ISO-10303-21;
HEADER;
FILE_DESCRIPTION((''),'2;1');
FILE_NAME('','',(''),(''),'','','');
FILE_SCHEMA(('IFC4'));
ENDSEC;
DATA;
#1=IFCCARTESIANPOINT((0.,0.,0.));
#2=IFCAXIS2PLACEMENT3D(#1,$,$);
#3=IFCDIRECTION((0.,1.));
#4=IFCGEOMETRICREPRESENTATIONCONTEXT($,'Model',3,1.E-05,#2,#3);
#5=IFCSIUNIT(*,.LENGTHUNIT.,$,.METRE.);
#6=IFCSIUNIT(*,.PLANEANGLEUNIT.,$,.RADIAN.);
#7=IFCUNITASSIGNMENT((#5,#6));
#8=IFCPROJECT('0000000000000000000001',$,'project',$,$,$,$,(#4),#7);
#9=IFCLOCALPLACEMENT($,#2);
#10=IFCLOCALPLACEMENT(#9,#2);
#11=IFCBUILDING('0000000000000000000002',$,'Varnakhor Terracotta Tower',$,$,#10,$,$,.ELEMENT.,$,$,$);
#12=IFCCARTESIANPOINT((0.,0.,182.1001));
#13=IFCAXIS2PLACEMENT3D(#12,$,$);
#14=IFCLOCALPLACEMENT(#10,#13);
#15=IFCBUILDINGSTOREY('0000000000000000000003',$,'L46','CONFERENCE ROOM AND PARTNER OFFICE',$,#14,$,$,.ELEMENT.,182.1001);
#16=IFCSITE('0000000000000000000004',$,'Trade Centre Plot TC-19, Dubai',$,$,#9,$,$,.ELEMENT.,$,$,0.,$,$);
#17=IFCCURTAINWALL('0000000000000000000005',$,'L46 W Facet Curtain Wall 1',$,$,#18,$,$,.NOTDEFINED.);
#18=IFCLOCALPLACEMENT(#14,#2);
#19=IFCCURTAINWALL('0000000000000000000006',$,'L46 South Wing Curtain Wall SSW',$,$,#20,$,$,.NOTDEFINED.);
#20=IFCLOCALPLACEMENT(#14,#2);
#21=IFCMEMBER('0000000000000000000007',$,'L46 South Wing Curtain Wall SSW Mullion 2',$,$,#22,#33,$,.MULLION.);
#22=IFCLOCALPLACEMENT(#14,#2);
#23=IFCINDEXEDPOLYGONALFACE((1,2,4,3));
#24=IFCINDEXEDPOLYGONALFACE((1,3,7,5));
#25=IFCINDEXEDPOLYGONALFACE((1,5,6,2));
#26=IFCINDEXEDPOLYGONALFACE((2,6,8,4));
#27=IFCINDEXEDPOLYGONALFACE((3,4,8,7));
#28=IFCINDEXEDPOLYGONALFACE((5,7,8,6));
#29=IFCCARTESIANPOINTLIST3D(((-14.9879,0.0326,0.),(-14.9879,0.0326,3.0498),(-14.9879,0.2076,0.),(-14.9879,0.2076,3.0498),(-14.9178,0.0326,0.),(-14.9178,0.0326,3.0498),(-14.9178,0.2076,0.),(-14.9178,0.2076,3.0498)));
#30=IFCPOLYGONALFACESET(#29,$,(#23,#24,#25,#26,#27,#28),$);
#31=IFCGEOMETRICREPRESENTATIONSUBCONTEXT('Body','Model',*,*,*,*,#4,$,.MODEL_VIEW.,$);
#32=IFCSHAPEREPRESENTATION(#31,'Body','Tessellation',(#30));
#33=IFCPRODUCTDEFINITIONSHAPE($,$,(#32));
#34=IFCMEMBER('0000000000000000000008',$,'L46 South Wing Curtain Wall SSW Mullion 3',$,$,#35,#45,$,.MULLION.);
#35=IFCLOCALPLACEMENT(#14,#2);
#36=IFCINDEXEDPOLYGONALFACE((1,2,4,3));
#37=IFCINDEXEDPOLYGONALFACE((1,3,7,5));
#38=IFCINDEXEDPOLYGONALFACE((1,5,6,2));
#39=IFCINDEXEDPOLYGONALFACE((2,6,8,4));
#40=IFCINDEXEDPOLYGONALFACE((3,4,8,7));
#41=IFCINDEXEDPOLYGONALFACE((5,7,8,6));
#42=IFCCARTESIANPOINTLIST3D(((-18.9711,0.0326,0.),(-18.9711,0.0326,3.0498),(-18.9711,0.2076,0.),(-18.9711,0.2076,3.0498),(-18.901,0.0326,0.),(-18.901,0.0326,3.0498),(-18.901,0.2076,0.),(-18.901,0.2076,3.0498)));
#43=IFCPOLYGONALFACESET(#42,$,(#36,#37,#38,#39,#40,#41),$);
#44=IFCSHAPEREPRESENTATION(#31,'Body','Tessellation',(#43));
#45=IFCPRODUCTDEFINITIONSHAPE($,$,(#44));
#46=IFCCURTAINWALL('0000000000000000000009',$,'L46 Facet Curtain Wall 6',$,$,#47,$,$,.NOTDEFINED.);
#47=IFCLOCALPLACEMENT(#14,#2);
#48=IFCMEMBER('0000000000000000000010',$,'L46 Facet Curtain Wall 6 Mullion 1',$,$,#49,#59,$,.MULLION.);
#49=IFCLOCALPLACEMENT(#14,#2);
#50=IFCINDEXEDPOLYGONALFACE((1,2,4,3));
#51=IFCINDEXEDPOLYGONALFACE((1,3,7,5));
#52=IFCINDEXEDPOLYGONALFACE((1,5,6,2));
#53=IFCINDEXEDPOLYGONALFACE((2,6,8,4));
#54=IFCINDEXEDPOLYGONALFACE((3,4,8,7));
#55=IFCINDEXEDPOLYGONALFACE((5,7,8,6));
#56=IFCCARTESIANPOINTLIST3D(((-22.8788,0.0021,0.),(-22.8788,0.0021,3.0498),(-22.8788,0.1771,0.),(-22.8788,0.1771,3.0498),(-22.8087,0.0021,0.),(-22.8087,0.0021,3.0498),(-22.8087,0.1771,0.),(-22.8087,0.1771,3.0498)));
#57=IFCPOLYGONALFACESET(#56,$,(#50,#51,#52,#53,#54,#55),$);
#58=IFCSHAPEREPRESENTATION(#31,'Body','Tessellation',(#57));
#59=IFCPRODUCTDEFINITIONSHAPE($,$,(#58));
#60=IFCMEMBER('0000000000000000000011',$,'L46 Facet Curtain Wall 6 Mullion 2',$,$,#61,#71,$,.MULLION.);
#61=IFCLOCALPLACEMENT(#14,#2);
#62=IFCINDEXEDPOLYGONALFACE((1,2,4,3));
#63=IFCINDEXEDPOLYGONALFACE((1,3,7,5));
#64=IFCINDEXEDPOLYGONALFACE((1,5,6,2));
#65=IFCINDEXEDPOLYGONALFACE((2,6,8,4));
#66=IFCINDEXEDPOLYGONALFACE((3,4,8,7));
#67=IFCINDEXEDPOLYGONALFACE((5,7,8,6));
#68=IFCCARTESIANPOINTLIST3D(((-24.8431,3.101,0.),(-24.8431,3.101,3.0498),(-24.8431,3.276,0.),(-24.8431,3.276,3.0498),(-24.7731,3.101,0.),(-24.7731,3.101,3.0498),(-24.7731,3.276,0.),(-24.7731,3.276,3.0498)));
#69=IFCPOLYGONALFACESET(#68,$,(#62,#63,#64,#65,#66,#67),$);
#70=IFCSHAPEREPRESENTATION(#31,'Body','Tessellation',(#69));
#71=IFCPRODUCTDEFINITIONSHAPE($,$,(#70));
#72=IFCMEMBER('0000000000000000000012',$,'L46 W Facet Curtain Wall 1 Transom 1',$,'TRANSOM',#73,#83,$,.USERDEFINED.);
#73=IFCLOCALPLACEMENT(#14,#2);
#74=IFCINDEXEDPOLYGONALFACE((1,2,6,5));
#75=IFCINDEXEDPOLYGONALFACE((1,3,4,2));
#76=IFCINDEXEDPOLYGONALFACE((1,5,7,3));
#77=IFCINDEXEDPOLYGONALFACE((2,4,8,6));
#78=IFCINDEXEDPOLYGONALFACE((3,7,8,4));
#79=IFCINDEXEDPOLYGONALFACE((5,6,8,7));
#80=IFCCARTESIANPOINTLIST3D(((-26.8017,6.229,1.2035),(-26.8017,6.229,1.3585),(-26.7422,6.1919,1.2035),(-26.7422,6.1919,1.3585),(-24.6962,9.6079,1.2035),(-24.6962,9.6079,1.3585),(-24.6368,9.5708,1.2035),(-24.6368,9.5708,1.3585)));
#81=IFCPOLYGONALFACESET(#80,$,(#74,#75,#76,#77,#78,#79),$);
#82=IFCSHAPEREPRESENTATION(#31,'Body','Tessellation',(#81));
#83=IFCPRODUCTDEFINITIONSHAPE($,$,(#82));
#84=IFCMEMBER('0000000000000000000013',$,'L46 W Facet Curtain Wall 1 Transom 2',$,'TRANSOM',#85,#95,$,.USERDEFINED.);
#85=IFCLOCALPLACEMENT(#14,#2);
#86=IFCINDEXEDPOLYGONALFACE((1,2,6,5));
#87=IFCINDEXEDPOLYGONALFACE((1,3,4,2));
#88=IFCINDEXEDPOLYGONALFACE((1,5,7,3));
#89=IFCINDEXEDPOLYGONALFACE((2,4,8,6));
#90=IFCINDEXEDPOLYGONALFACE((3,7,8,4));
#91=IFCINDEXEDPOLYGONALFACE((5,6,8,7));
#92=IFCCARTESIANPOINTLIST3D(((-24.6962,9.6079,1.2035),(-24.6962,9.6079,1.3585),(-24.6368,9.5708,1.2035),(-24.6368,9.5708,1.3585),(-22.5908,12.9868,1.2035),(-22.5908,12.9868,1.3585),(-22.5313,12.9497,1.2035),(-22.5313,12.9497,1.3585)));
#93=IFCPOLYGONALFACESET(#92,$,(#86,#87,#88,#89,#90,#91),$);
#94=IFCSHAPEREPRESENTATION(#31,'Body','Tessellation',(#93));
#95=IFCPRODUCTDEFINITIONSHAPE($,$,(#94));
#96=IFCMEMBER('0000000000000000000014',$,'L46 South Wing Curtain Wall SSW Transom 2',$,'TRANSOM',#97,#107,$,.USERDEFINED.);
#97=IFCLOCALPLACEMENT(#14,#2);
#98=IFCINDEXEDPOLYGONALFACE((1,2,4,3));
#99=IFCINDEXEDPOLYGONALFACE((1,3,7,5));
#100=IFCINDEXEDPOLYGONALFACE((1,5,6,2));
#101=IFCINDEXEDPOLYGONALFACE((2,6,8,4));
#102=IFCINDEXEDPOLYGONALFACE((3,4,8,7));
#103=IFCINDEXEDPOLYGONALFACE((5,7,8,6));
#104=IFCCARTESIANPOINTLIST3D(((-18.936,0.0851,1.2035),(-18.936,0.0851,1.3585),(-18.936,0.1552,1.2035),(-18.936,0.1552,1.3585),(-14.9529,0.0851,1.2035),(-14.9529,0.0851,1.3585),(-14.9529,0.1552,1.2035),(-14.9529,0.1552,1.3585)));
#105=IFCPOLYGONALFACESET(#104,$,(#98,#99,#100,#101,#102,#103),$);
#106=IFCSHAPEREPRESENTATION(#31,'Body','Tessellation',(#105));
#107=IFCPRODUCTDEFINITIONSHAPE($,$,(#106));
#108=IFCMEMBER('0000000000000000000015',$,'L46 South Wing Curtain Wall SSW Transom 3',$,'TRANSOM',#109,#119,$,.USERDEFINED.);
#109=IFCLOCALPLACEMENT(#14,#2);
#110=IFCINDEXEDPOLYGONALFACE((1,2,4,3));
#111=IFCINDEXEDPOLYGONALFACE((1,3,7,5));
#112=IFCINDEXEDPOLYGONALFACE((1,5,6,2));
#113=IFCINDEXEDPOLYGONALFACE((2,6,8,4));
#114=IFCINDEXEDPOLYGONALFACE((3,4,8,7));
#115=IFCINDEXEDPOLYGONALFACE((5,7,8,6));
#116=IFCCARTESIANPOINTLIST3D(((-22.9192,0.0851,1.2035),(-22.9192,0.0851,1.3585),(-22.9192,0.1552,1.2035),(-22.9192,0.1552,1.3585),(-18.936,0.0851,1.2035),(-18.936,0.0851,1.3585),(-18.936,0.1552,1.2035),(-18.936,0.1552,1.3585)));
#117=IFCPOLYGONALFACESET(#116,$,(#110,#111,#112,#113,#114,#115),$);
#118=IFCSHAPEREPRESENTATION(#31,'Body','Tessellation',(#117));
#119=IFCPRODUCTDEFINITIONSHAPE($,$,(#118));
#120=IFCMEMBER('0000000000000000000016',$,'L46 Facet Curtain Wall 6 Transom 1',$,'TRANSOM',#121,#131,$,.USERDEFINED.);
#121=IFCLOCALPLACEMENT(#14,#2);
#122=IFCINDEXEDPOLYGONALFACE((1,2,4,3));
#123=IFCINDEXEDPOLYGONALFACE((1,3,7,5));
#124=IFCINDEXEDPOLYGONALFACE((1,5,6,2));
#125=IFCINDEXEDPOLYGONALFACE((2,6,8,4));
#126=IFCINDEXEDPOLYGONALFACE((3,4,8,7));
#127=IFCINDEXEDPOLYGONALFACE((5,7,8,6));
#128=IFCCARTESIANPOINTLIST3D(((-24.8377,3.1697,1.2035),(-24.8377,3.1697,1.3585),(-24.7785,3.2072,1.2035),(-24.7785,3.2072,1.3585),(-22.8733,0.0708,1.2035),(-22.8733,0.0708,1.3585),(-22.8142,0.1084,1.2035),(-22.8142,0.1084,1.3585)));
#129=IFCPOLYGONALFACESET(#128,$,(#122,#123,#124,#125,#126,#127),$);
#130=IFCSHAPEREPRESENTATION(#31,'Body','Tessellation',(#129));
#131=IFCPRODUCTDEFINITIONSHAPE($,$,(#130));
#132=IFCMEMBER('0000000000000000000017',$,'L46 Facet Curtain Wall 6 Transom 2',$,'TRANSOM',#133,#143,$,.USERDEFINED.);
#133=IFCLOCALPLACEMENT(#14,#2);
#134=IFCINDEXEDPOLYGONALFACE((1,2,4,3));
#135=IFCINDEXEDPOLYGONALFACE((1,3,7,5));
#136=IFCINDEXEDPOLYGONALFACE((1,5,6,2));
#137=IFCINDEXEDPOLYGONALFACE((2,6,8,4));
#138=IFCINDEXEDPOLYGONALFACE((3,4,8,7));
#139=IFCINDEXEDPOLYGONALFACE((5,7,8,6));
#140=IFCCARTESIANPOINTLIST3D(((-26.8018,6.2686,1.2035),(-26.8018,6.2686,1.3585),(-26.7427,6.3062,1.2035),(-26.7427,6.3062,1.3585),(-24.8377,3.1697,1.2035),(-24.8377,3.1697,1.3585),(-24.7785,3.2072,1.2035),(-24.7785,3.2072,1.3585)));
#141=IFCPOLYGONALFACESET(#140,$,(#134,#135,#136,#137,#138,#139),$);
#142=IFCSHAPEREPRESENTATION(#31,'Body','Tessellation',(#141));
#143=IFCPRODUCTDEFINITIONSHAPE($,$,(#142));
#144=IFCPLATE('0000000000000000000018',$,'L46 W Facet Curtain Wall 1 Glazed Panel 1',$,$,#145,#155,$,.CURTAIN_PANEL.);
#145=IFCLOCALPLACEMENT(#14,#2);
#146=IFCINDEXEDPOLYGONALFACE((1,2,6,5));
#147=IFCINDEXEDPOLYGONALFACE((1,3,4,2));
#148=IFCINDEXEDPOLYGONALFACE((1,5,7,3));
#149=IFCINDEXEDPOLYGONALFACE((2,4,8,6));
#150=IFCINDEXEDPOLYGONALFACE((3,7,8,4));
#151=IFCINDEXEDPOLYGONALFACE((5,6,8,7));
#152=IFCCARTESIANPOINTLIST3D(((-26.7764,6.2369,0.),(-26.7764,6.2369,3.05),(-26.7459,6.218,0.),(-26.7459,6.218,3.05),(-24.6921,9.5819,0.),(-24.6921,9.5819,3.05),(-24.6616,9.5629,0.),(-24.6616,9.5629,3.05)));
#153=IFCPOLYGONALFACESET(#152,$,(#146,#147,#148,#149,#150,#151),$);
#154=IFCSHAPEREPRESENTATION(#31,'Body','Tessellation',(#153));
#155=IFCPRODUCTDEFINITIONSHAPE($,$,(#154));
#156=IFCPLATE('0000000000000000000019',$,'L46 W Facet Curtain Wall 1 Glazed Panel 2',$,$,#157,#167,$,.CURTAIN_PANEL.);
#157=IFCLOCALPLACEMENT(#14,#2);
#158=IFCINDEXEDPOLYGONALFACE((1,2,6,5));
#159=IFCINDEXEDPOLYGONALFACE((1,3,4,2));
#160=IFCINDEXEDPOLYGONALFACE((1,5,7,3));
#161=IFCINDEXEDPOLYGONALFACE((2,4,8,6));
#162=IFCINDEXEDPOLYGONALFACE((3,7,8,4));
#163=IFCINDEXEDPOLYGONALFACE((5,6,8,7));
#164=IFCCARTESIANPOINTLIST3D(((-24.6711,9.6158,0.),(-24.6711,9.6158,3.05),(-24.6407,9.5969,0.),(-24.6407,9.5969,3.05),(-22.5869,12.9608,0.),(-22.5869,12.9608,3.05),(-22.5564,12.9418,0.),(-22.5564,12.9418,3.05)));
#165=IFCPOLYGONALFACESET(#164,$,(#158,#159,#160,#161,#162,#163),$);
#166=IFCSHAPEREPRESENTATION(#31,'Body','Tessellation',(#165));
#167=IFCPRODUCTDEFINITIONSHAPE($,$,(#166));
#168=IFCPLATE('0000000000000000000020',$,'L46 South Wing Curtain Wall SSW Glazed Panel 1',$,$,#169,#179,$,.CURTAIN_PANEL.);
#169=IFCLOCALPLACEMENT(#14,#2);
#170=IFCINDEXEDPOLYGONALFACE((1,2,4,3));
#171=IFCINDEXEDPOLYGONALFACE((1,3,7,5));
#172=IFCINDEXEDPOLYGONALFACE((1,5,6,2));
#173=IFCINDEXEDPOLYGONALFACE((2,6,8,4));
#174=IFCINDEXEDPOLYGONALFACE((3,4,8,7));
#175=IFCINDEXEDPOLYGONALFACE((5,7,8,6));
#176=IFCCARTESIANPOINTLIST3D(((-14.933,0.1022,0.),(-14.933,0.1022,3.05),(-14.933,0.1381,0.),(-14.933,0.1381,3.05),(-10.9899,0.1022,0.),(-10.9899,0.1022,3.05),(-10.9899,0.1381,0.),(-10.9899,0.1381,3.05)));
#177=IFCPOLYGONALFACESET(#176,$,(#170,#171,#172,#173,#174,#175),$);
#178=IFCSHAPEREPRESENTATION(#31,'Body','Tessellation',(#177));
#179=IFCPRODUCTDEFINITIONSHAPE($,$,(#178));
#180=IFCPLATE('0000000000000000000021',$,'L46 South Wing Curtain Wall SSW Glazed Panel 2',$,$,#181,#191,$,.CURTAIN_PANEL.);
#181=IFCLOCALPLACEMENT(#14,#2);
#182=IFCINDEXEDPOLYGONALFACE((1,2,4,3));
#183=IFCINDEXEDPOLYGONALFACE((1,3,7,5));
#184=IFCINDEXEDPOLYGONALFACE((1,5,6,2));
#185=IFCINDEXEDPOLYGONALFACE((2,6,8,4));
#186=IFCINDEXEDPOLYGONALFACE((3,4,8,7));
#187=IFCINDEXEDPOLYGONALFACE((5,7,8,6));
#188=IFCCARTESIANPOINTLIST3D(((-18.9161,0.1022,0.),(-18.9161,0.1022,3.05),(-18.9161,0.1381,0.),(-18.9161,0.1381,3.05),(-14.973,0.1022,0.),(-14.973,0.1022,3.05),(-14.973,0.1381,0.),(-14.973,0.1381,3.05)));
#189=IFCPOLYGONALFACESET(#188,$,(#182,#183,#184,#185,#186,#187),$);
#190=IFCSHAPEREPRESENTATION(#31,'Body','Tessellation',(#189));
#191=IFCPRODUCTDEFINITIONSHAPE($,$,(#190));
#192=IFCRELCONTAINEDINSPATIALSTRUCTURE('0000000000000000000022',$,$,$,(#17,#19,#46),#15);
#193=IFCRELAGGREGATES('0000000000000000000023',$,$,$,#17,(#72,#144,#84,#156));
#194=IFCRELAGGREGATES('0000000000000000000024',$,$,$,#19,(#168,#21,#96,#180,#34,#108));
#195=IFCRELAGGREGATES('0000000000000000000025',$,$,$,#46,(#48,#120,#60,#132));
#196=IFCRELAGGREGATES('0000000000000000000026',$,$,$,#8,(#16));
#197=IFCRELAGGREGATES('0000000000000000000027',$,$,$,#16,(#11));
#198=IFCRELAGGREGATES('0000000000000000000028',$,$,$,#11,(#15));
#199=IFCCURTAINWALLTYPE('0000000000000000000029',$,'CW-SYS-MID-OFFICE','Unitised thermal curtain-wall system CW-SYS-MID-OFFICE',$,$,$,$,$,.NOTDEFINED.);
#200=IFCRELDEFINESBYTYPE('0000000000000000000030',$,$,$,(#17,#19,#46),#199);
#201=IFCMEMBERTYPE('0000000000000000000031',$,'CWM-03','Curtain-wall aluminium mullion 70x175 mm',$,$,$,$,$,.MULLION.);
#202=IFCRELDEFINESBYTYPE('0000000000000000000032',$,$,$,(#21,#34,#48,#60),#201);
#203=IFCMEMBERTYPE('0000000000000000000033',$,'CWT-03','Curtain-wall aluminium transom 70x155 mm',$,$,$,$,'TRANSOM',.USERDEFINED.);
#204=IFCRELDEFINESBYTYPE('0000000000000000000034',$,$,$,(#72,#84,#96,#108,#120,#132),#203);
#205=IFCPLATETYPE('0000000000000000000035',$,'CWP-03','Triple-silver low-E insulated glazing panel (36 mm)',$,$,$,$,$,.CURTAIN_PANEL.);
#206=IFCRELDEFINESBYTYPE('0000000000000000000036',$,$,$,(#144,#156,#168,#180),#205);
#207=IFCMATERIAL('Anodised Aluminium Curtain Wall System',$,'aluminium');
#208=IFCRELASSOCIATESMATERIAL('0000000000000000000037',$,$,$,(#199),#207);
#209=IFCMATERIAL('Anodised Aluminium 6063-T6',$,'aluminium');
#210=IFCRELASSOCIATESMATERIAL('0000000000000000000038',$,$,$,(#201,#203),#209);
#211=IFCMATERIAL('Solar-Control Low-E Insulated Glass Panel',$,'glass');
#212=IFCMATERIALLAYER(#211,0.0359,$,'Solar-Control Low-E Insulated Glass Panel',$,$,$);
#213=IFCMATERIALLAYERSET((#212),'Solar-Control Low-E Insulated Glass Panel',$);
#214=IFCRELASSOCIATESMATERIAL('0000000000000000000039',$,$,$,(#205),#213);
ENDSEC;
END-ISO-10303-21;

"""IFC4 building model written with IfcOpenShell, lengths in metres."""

from ifc_helpers import new_model, si_unit, direction, frame, origin, origin_2d, place, context, subcontext, project, spatial, rectangle, extrude, source, transform, mapped, material, layer, layer_set, material_profile, profile_set, type_object, type_shapes, element, aggregate, save


model = new_model("IFC4")

# Units and contexts
model_context = context("Model", 3, precision=1e-05, world=origin(), true_north=direction((0.0, 1.0)))
body_context = subcontext(model_context, "Body", "Model", "MODEL_VIEW")
ifc_project = project(units=[si_unit("LENGTHUNIT", "METRE"), si_unit("PLANEANGLEUNIT", "RADIAN")], contexts=[model_context])

# Site, building, storey
site_placement = place(None, origin())
site = spatial("IfcSite", under=ifc_project, at=site_placement, Name="Trade Centre Plot TC-19, Dubai", CompositionType="ELEMENT", RefElevation=0.0)
building_placement = place(site_placement, origin())
building = spatial("IfcBuilding", under=site, at=building_placement, Name="Varnakhor Terracotta Tower", CompositionType="ELEMENT")
storey_placement = place(building_placement, frame((0.0, 0.0, 182.1001)))
storey = spatial("IfcBuildingStorey", under=building, at=storey_placement, Name="L46", Description="CONFERENCE ROOM AND PARTNER OFFICE", CompositionType="ELEMENT", Elevation=182.1001)

# Curtain walls, members
ifc_material_1 = material(Name="Anodised Aluminium Curtain Wall System", Category="aluminium")
curtain_wall_type = type_object("IfcCurtainWallType", Name="CW-SYS-MID-OFFICE", Description="Unitised thermal curtain-wall system CW-SYS-MID-OFFICE", PredefinedType="NOTDEFINED", material=ifc_material_1)
curtain_wall_1_placement = place(storey_placement, origin())
curtain_wall_1 = element("IfcCurtainWall", 1, at=curtain_wall_1_placement, inside=storey, type_object=curtain_wall_type, Name="L46 W Facet Curtain Wall 1", PredefinedType="NOTDEFINED")
ifc_material_2 = material(Name="Anodised Aluminium 6063-T6", Category="aluminium")
ifc_material_profile_1 = material_profile(ifc_material_2, rectangle(XDim=0.0701, YDim=0.175, at=origin_2d()), Name="ALU MULLION 70x175")
ifc_profile_set_1 = profile_set([ifc_material_profile_1], Name="Anodised Aluminium 6063-T6")
member_type_1 = type_object("IfcMemberType", Name="CWM-03", Description="Curtain-wall aluminium mullion 70x175 mm", PredefinedType="MULLION", material=ifc_profile_set_1)
shared_shape_1 = source(origin(), body_context, "Body", "SweptSolid", [
    extrude(rectangle(XDim=0.0701, YDim=0.175, at=origin_2d()), origin(), (0.0, 0.0, 1.0), 3.0498),
])
type_shapes(member_type_1, [shared_shape_1])
curtain_wall_2_placement = place(storey_placement, origin())
curtain_wall_2 = element("IfcCurtainWall", 2, at=curtain_wall_2_placement, inside=storey, type_object=curtain_wall_type, Name="L46 South Wing Curtain Wall SSW", PredefinedType="NOTDEFINED")
member_1_placement = place(storey_placement, frame((-14.9529, 0.1201, 0.0), z_axis=(0.0, 0.0, 1.0), x_axis=(1.0, 0.0, 0.0)))
member_1 = element("IfcMember", 3, at=member_1_placement, type_object=member_type_1, Name="L46 South Wing Curtain Wall SSW Mullion 2", PredefinedType="MULLION", context=body_context, shape_type="MappedRepresentation", body=[
    mapped(shared_shape_1, transform((0.0, 0.0, 0.0), scale=1.0)),
])
member_2_placement = place(storey_placement, frame((-18.936, 0.1201, 0.0), z_axis=(0.0, 0.0, 1.0), x_axis=(1.0, 0.0, 0.0)))
member_2 = element("IfcMember", 4, at=member_2_placement, type_object=member_type_1, Name="L46 South Wing Curtain Wall SSW Mullion 3", PredefinedType="MULLION", context=body_context, shape_type="MappedRepresentation", body=[
    mapped(shared_shape_1, transform((0.0, 0.0, 0.0), scale=1.0)),
])
curtain_wall_3_placement = place(storey_placement, origin())
curtain_wall_3 = element("IfcCurtainWall", 5, at=curtain_wall_3_placement, inside=storey, type_object=curtain_wall_type, Name="L46 Facet Curtain Wall 6", PredefinedType="NOTDEFINED")
member_3_placement = place(storey_placement, frame((-22.8438, 0.0896, 0.0), z_axis=(0.0, 0.0, 1.0), x_axis=(1.0, 0.0, 0.0)))
member_3 = element("IfcMember", 6, at=member_3_placement, type_object=member_type_1, Name="L46 Facet Curtain Wall 6 Mullion 1", PredefinedType="MULLION", context=body_context, shape_type="MappedRepresentation", body=[
    mapped(shared_shape_1, transform((0.0, 0.0, 0.0), scale=1.0)),
])
member_4_placement = place(storey_placement, frame((-24.8081, 3.1885, 0.0), z_axis=(0.0, 0.0, 1.0), x_axis=(1.0, 0.0, 0.0)))
member_4 = element("IfcMember", 7, at=member_4_placement, type_object=member_type_1, Name="L46 Facet Curtain Wall 6 Mullion 2", PredefinedType="MULLION", context=body_context, shape_type="MappedRepresentation", body=[
    mapped(shared_shape_1, transform((0.0, 0.0, 0.0), scale=1.0)),
])

# Members
ifc_material_profile_2 = material_profile(ifc_material_2, rectangle(XDim=0.0701, YDim=0.155, at=origin_2d()), Name="ALU TRANSOM 70x155")
ifc_profile_set_2 = profile_set([ifc_material_profile_2], Name="Anodised Aluminium 6063-T6")
member_type_2 = type_object("IfcMemberType", Name="CWT-03", Description="Curtain-wall aluminium transom 70x155 mm", ElementType="TRANSOM", PredefinedType="USERDEFINED", material=ifc_profile_set_2)
shared_shape_2 = source(origin(), body_context, "Body", "SweptSolid", [
    extrude(rectangle(XDim=0.0701, YDim=0.155, at=origin_2d()), origin(), (0.0, 0.0, 1.0), 3.9812),
])
member_5_placement = place(storey_placement, frame((-26.772, 6.2104, 1.281), z_axis=(0.528852, 0.848714, 0.0), x_axis=(-0.848714, 0.528852, 0.0)))
member_5 = element("IfcMember", 8, at=member_5_placement, type_object=member_type_2, Name="L46 W Facet Curtain Wall 1 Transom 1", ObjectType="TRANSOM", PredefinedType="USERDEFINED", context=body_context, shape_type="MappedRepresentation", body=[
    mapped(shared_shape_2, transform((0.0, 0.0, 0.0), scale=1.0)),
])
member_6_placement = place(storey_placement, frame((-24.6665, 9.5894, 1.281), z_axis=(0.528852, 0.848714, 0.0), x_axis=(-0.848714, 0.528852, 0.0)))
member_6 = element("IfcMember", 9, at=member_6_placement, type_object=member_type_2, Name="L46 W Facet Curtain Wall 1 Transom 2", ObjectType="TRANSOM", PredefinedType="USERDEFINED", context=body_context, shape_type="MappedRepresentation", body=[
    mapped(shared_shape_2, transform((0.0, 0.0, 0.0), scale=1.0)),
])
shared_shape_3 = source(origin(), body_context, "Body", "SweptSolid", [
    extrude(rectangle(XDim=0.0701, YDim=0.155, at=origin_2d()), origin(), (0.0, 0.0, 1.0), 3.9832),
])
member_7_placement = place(storey_placement, frame((-14.9529, 0.1201, 1.281), z_axis=(-1.0, 0.0, 0.0), x_axis=(0.0, -1.0, 0.0)))
member_7 = element("IfcMember", 10, at=member_7_placement, type_object=member_type_2, Name="L46 South Wing Curtain Wall SSW Transom 2", ObjectType="TRANSOM", PredefinedType="USERDEFINED", context=body_context, shape_type="MappedRepresentation", body=[
    mapped(shared_shape_3, transform((0.0, 0.0, 0.0), scale=1.0)),
])
member_8_placement = place(storey_placement, frame((-18.936, 0.1201, 1.281), z_axis=(-1.0, 0.0, 0.0), x_axis=(0.0, -1.0, 0.0)))
member_8 = element("IfcMember", 11, at=member_8_placement, type_object=member_type_2, Name="L46 South Wing Curtain Wall SSW Transom 3", ObjectType="TRANSOM", PredefinedType="USERDEFINED", context=body_context, shape_type="MappedRepresentation", body=[
    mapped(shared_shape_3, transform((0.0, 0.0, 0.0), scale=1.0)),
])
shared_shape_4 = source(origin(), body_context, "Body", "SweptSolid", [
    extrude(rectangle(XDim=0.0701, YDim=0.155, at=origin_2d()), origin(), (0.0, 0.0, 1.0), 3.6689),
])
member_9_placement = place(storey_placement, frame((-22.8438, 0.0896, 1.281), z_axis=(-0.535389, 0.844605, 0.0), x_axis=(-0.844605, -0.535389, 0.0)))
member_9 = element("IfcMember", 12, at=member_9_placement, type_object=member_type_2, Name="L46 Facet Curtain Wall 6 Transom 1", ObjectType="TRANSOM", PredefinedType="USERDEFINED", context=body_context, shape_type="MappedRepresentation", body=[
    mapped(shared_shape_4, transform((0.0, 0.0, 0.0), scale=1.0)),
])
member_10_placement = place(storey_placement, frame((-24.8081, 3.1885, 1.281), z_axis=(-0.535342, 0.844636, 0.0), x_axis=(-0.844636, -0.535342, 0.0)))
member_10 = element("IfcMember", 13, at=member_10_placement, type_object=member_type_2, Name="L46 Facet Curtain Wall 6 Transom 2", ObjectType="TRANSOM", PredefinedType="USERDEFINED", context=body_context, shape_type="MappedRepresentation", body=[
    mapped(shared_shape_4, transform((0.0, 0.0, 0.0), scale=1.0)),
])

# Plates
ifc_material_3 = material(Name="Solar-Control Low-E Insulated Glass Panel", Category="glass")
ifc_layer_1 = layer(ifc_material_3, 0.0359, Name="Solar-Control Low-E Insulated Glass Panel")
ifc_layer_set_1 = layer_set([ifc_layer_1], Name="Solar-Control Low-E Insulated Glass Panel")
plate_type = type_object("IfcPlateType", Name="CWP-03", Description="Triple-silver low-E insulated glazing panel (36 mm)", PredefinedType="CURTAIN_PANEL", material=ifc_layer_set_1)
shared_shape_5 = source(origin(), body_context, "Body", "SweptSolid", [
    extrude(rectangle(XDim=3.9412, YDim=0.0359, at=origin_2d()), origin(), (0.0, 0.0, 1.0), 3.05),
])
plate_1_placement = place(storey_placement, frame((-25.719, 7.8999, 0.0), z_axis=(0.0, 0.0, 1.0), x_axis=(0.528853, 0.848713, 0.0)))
plate_1 = element("IfcPlate", 14, at=plate_1_placement, type_object=plate_type, Name="L46 W Facet Curtain Wall 1 Glazed Panel 1", PredefinedType="CURTAIN_PANEL", context=body_context, shape_type="MappedRepresentation", body=[
    mapped(shared_shape_5, transform((0.0, 0.0, 0.0), scale=1.0)),
])
plate_2_placement = place(storey_placement, frame((-23.6138, 11.2788, 0.0), z_axis=(0.0, 0.0, 1.0), x_axis=(0.528853, 0.848713, 0.0)))
plate_2 = element("IfcPlate", 15, at=plate_2_placement, type_object=plate_type, Name="L46 W Facet Curtain Wall 1 Glazed Panel 2", PredefinedType="CURTAIN_PANEL", context=body_context, shape_type="MappedRepresentation", body=[
    mapped(shared_shape_5, transform((0.0, 0.0, 0.0), scale=1.0)),
])
aggregate(curtain_wall_1, [member_5, plate_1, member_6, plate_2])
shared_shape_6 = source(origin(), body_context, "Body", "SweptSolid", [
    extrude(rectangle(XDim=3.9431, YDim=0.0359, at=origin_2d()), origin(), (0.0, 0.0, 1.0), 3.05),
])
plate_3_placement = place(storey_placement, frame((-12.9614, 0.1201, 0.0), z_axis=(0.0, 0.0, 1.0), x_axis=(-1.0, 0.0, 0.0)))
plate_3 = element("IfcPlate", 16, at=plate_3_placement, type_object=plate_type, Name="L46 South Wing Curtain Wall SSW Glazed Panel 1", PredefinedType="CURTAIN_PANEL", context=body_context, shape_type="MappedRepresentation", body=[
    mapped(shared_shape_6, transform((0.0, 0.0, 0.0), scale=1.0)),
])
plate_4_placement = place(storey_placement, frame((-16.9446, 0.1201, 0.0), z_axis=(0.0, 0.0, 1.0), x_axis=(-1.0, 0.0, 0.0)))
plate_4 = element("IfcPlate", 17, at=plate_4_placement, type_object=plate_type, Name="L46 South Wing Curtain Wall SSW Glazed Panel 2", PredefinedType="CURTAIN_PANEL", context=body_context, shape_type="MappedRepresentation", body=[
    mapped(shared_shape_6, transform((0.0, 0.0, 0.0), scale=1.0)),
])
aggregate(curtain_wall_2, [plate_3, member_1, member_7, plate_4, member_2, member_8])
aggregate(curtain_wall_3, [member_3, member_9, member_4, member_10])

save(model, "model.ifc")
